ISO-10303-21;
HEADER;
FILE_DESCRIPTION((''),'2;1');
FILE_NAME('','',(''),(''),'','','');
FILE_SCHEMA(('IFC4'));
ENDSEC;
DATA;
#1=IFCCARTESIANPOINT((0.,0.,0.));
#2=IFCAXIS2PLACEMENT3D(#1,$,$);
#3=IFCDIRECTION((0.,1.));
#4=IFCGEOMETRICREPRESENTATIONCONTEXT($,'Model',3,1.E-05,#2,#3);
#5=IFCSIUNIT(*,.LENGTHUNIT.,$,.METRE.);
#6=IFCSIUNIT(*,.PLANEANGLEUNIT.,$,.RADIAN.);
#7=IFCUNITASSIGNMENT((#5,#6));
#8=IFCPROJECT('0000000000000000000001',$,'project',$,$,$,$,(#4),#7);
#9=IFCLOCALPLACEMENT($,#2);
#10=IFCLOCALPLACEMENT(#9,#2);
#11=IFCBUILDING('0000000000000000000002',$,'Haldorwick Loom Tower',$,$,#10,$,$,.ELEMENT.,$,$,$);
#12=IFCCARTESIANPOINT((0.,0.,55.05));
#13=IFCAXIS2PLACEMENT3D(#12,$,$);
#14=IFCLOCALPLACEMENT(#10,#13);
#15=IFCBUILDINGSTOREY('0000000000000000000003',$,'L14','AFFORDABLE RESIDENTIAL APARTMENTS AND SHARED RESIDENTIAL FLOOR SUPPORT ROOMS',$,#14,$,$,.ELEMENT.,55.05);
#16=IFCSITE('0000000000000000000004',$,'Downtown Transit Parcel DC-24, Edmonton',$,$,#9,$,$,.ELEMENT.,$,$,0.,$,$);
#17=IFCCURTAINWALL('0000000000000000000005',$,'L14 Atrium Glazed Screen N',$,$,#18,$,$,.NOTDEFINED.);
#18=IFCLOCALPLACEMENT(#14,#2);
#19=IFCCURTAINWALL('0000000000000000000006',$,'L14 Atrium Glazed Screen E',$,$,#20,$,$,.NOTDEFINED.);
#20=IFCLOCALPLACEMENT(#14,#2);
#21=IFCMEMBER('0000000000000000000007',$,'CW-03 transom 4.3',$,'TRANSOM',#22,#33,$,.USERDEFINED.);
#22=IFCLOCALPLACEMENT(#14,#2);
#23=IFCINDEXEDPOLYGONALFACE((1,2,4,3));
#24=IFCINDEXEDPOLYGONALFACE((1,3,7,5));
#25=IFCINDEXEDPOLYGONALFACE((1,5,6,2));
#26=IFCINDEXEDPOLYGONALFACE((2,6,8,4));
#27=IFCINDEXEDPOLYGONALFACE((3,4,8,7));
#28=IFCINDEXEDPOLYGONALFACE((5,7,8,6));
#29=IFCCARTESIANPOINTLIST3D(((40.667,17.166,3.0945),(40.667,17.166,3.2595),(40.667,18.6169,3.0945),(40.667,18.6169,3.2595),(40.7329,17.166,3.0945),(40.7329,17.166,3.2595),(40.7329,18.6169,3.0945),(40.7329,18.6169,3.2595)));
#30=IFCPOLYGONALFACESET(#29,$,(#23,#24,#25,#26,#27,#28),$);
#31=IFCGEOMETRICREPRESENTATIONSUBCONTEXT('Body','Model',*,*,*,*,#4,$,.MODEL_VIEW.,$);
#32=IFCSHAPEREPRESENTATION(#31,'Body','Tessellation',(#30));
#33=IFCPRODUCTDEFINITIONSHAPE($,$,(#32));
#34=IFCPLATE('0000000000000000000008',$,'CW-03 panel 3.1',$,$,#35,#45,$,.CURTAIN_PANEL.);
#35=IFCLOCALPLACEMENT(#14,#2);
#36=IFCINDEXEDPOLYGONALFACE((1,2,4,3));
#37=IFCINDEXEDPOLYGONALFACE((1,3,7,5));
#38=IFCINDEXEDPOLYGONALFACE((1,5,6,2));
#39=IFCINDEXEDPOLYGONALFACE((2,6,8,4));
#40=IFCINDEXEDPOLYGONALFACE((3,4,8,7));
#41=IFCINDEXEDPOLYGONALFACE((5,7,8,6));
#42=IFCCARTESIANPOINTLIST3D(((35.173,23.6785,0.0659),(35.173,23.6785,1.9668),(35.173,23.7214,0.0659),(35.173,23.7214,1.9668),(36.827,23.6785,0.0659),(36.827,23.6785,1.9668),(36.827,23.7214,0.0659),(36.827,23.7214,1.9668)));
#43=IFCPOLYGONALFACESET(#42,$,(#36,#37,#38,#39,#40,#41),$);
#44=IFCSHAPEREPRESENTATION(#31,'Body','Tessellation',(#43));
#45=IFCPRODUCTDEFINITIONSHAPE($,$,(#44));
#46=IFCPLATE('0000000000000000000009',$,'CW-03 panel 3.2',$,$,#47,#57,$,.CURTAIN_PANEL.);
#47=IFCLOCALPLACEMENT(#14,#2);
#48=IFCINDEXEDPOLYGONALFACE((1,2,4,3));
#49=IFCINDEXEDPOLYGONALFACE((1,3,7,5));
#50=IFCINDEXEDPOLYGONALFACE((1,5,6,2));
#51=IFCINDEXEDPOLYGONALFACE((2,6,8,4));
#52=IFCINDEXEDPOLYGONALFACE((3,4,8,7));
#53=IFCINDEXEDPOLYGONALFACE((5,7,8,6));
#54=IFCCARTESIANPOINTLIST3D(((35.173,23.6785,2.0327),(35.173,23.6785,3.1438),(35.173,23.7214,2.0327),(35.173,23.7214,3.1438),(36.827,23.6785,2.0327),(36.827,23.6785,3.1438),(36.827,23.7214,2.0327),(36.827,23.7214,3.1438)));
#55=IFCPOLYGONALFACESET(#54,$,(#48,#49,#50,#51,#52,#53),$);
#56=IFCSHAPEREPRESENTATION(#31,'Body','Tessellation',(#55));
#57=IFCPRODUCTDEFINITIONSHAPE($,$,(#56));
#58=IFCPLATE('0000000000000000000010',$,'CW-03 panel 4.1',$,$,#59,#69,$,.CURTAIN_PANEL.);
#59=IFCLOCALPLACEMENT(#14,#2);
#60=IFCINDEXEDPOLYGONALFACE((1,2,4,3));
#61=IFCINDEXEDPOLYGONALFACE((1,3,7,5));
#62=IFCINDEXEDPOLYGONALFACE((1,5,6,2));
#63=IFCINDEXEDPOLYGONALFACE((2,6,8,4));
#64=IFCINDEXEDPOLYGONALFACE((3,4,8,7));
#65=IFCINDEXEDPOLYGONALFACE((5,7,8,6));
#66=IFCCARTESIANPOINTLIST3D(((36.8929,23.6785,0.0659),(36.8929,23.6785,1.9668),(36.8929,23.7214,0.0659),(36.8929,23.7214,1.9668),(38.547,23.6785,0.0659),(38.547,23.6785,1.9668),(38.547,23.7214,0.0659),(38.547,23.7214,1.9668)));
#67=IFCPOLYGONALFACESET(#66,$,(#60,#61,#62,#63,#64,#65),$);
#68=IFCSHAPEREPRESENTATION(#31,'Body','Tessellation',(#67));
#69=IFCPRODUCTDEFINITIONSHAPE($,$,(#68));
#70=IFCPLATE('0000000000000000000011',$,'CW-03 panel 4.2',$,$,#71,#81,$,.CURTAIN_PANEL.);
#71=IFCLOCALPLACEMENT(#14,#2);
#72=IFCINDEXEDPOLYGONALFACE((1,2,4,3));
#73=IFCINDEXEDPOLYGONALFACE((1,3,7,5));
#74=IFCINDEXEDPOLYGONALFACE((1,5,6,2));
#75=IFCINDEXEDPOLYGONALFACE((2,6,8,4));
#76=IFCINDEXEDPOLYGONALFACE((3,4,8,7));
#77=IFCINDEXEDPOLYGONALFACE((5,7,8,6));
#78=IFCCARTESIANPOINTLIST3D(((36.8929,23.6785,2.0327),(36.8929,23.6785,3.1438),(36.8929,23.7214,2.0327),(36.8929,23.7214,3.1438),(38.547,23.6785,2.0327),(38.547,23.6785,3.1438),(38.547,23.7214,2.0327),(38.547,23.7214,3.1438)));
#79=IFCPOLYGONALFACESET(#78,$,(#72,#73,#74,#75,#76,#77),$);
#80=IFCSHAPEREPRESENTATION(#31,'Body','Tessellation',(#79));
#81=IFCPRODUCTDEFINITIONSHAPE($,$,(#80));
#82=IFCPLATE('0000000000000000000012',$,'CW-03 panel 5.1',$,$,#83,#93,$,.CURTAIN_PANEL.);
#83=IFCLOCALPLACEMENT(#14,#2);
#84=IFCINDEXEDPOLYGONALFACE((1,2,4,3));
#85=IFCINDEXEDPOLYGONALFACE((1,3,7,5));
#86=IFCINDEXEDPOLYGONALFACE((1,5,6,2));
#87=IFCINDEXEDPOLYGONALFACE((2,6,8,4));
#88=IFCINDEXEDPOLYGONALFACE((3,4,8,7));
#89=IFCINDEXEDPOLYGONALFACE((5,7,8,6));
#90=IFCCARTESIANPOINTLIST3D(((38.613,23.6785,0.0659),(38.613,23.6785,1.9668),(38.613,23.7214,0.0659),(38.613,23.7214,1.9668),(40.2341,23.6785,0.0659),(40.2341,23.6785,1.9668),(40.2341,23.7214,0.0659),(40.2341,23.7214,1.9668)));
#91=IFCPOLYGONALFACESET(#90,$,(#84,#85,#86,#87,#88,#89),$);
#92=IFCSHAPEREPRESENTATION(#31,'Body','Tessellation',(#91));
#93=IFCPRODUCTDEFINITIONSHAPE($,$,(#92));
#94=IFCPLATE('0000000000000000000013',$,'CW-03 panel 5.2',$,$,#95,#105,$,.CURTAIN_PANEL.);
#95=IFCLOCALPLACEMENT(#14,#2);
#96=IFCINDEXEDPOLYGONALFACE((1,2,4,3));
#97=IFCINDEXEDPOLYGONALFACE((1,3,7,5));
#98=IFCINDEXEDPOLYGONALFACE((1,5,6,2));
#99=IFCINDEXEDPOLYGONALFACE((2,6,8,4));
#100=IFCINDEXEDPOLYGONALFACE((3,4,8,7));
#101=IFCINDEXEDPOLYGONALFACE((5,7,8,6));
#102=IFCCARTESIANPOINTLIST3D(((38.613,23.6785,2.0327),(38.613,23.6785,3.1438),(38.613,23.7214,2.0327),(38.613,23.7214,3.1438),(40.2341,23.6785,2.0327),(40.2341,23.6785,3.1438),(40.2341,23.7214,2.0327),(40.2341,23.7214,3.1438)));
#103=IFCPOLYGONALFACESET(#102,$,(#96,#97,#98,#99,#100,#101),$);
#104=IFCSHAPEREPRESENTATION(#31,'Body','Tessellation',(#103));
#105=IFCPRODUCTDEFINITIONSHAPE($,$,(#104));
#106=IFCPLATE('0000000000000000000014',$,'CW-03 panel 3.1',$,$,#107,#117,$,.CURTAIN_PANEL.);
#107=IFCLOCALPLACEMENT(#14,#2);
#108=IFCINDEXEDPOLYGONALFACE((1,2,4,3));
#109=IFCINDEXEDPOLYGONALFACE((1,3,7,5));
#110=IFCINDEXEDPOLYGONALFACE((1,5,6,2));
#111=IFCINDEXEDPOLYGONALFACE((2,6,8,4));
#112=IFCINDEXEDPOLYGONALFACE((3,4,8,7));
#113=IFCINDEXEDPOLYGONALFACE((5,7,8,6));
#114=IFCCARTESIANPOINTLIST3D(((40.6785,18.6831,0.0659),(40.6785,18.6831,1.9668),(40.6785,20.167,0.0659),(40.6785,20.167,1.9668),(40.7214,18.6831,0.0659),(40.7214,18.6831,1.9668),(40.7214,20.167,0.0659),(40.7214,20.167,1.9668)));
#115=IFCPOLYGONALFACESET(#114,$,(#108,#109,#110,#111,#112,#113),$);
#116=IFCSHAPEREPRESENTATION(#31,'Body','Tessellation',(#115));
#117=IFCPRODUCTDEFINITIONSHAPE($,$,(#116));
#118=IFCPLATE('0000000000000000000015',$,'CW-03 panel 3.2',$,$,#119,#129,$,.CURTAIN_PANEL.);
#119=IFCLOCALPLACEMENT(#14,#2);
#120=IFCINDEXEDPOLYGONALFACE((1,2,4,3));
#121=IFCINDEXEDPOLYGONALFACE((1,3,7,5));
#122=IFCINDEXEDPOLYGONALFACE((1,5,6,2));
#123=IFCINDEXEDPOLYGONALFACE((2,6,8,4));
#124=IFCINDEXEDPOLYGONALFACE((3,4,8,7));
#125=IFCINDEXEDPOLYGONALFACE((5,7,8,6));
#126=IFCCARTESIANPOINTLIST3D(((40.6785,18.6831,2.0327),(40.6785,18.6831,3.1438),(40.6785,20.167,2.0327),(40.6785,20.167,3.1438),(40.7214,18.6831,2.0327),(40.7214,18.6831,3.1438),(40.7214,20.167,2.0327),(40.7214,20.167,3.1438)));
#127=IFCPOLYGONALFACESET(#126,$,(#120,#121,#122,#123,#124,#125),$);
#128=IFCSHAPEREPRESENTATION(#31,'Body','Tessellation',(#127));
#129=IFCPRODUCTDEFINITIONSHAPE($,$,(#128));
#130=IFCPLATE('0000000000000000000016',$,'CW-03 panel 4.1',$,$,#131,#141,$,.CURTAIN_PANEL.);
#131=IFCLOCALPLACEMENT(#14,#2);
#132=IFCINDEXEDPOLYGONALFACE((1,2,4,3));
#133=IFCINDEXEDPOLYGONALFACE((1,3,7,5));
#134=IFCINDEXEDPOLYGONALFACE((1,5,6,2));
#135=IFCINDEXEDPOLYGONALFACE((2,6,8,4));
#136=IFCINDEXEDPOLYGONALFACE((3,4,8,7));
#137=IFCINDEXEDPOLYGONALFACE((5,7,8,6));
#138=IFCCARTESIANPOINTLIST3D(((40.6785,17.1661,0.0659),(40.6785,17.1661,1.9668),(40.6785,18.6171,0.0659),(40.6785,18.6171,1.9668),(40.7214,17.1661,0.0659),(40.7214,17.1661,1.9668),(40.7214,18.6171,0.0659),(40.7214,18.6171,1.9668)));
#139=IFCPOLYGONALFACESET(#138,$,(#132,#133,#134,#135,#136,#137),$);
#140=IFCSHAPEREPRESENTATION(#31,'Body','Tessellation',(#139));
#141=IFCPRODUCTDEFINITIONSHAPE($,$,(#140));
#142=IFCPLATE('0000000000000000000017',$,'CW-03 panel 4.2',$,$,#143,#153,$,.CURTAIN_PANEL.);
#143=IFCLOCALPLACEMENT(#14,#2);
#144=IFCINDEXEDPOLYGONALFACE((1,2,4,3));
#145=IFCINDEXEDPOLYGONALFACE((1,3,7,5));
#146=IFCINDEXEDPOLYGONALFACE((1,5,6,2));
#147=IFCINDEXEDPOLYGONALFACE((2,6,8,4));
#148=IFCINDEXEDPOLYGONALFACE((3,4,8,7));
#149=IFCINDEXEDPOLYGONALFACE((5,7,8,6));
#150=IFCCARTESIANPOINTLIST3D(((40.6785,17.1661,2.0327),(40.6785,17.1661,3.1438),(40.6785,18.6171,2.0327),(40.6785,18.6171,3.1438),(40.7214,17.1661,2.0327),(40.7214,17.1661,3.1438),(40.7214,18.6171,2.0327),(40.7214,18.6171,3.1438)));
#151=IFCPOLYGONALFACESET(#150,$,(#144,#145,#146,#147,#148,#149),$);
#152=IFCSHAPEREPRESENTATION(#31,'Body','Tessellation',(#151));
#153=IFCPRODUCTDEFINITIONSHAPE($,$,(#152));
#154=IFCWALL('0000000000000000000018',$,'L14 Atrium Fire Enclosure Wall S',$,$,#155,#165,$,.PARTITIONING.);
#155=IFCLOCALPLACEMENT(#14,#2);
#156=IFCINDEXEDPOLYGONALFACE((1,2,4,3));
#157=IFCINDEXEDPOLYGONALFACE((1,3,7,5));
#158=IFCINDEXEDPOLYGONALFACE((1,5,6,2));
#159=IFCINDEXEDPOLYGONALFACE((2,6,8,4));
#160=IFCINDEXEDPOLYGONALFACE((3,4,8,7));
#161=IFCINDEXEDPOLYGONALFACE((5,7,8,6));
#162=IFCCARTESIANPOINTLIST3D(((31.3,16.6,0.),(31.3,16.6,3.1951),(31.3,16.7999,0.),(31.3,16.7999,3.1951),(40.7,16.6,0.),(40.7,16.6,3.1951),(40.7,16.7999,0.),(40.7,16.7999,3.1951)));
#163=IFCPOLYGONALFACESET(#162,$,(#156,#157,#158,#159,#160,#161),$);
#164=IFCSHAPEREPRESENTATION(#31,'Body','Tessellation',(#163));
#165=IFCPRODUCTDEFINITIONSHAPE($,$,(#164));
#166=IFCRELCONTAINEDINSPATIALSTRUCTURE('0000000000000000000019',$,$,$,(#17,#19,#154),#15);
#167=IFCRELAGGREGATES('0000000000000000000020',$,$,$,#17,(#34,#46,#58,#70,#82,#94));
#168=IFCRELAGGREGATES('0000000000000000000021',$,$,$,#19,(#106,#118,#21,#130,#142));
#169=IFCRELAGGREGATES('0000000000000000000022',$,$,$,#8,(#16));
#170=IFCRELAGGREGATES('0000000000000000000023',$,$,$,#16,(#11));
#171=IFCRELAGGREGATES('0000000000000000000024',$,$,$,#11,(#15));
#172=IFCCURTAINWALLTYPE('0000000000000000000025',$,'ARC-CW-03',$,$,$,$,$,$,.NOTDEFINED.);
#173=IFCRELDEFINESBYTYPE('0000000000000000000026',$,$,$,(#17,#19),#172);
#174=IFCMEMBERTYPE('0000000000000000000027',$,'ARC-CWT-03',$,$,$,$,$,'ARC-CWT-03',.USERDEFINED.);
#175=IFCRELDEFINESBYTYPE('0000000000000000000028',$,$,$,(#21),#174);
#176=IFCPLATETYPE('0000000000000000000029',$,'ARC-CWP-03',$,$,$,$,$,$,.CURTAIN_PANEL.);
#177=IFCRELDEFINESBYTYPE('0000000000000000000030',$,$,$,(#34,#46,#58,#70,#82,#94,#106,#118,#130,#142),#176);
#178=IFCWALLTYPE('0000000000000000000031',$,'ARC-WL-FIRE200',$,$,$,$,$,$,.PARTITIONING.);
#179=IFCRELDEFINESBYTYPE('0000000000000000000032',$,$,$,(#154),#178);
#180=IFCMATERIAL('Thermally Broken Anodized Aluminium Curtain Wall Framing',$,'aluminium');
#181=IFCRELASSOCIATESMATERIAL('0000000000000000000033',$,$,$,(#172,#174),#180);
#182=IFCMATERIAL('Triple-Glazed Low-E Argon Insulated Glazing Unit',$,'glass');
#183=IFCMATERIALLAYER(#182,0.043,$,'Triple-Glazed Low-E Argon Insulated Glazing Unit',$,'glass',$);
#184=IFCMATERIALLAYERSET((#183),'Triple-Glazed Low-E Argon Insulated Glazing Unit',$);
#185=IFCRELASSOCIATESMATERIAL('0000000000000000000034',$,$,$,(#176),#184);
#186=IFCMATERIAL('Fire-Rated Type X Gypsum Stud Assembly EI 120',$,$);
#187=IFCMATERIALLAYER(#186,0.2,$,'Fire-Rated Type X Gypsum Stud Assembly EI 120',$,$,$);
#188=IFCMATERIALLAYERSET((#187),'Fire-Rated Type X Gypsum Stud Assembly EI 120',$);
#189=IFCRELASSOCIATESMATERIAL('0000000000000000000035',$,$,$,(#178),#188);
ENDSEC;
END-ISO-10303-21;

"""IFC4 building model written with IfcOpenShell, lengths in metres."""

from ifc_helpers import new_model, si_unit, direction, frame, frame_2d, origin, origin_2d, place, context, subcontext, project, spatial, rectangle, extrude, material, layer, layer_set, material_profile, profile_set, type_object, element, aggregate, save


model = new_model("IFC4")

# Units and contexts
model_context = context("Model", 3, precision=1e-05, world=origin(), true_north=direction((0.0, 1.0)))
body_context = subcontext(model_context, "Body", "Model", "MODEL_VIEW")
ifc_project = project(units=[si_unit("LENGTHUNIT", "METRE"), si_unit("PLANEANGLEUNIT", "RADIAN")], contexts=[model_context])

# Site, building, storey
site_placement = place(None, origin())
site = spatial("IfcSite", under=ifc_project, at=site_placement, Name="Downtown Transit Parcel DC-24, Edmonton", CompositionType="ELEMENT", RefElevation=0.0)
building_placement = place(site_placement, origin())
building = spatial("IfcBuilding", under=site, at=building_placement, Name="Haldorwick Loom Tower", CompositionType="ELEMENT")
storey_placement = place(building_placement, frame((0.0, 0.0, 55.05)))
storey = spatial("IfcBuildingStorey", under=building, at=storey_placement, Name="L14", Description="AFFORDABLE RESIDENTIAL APARTMENTS AND SHARED RESIDENTIAL FLOOR SUPPORT ROOMS", CompositionType="ELEMENT", Elevation=55.05)

# Curtain walls
ifc_material_1 = material(Name="Thermally Broken Anodized Aluminium Curtain Wall Framing", Category="aluminium")
curtain_wall_type = type_object("IfcCurtainWallType", Name="ARC-CW-03", PredefinedType="NOTDEFINED", material=ifc_material_1)
curtain_wall_1_placement = place(storey_placement, origin())
curtain_wall_1 = element("IfcCurtainWall", 1, at=curtain_wall_1_placement, inside=storey, type_object=curtain_wall_type, Name="L14 Atrium Glazed Screen N", PredefinedType="NOTDEFINED")
curtain_wall_2_placement = place(storey_placement, origin())
curtain_wall_2 = element("IfcCurtainWall", 2, at=curtain_wall_2_placement, inside=storey, type_object=curtain_wall_type, Name="L14 Atrium Glazed Screen E", PredefinedType="NOTDEFINED")

# Member
ifc_material_profile_1 = material_profile(ifc_material_1, rectangle(XDim=0.0659, YDim=0.165, at=origin_2d()), Name="ALU_TRN_66X165", Category="aluminium")
ifc_profile_set_1 = profile_set([ifc_material_profile_1], Name="Thermally Broken Anodized Aluminium Curtain Wall Framing")
member_type_1 = type_object("IfcMemberType", Name="ARC-CWT-03", ElementType="ARC-CWT-03", PredefinedType="USERDEFINED", material=ifc_profile_set_1)
member_1_placement = place(storey_placement, frame((40.7, 18.6169, 3.177), z_axis=(0.0, -1.0, 0.0), x_axis=(1.0, 0.0, 0.0)))
member_1 = element("IfcMember", 3, at=member_1_placement, type_object=member_type_1, Name="CW-03 transom 4.3", ObjectType="TRANSOM", PredefinedType="USERDEFINED", context=body_context, shape_type="SweptSolid", body=[
    extrude(rectangle(XDim=0.0659, YDim=0.165, at=origin_2d()), origin(), (0.0, 0.0, 1.0), 1.4509),
])

# Plates
ifc_material_2 = material(Name="Triple-Glazed Low-E Argon Insulated Glazing Unit", Category="glass")
ifc_layer_1 = layer(ifc_material_2, 0.043, Name="Triple-Glazed Low-E Argon Insulated Glazing Unit", Category="glass")
ifc_layer_set_1 = layer_set([ifc_layer_1], Name="Triple-Glazed Low-E Argon Insulated Glazing Unit")
plate_type = type_object("IfcPlateType", Name="ARC-CWP-03", PredefinedType="CURTAIN_PANEL", material=ifc_layer_set_1)
plate_1_placement = place(storey_placement, frame((36.0, 23.7, 0.0659), z_axis=(0.0, 0.0, 1.0), x_axis=(1.0, 0.0, 0.0)))
plate_1 = element("IfcPlate", 4, at=plate_1_placement, type_object=plate_type, Name="CW-03 panel 3.1", PredefinedType="CURTAIN_PANEL", context=body_context, shape_type="SweptSolid", body=[
    extrude(rectangle(XDim=1.6541, YDim=0.043, at=origin_2d()), origin(), (0.0, 0.0, 1.0), 1.9009),
])
plate_2_placement = place(storey_placement, frame((36.0, 23.7, 2.0327), z_axis=(0.0, 0.0, 1.0), x_axis=(1.0, 0.0, 0.0)))
plate_2 = element("IfcPlate", 5, at=plate_2_placement, type_object=plate_type, Name="CW-03 panel 3.2", PredefinedType="CURTAIN_PANEL", context=body_context, shape_type="SweptSolid", body=[
    extrude(rectangle(XDim=1.6541, YDim=0.043, at=origin_2d()), origin(), (0.0, 0.0, 1.0), 1.1111),
])
plate_3_placement = place(storey_placement, frame((37.72, 23.7, 0.0659), z_axis=(0.0, 0.0, 1.0), x_axis=(1.0, 0.0, 0.0)))
plate_3 = element("IfcPlate", 6, at=plate_3_placement, type_object=plate_type, Name="CW-03 panel 4.1", PredefinedType="CURTAIN_PANEL", context=body_context, shape_type="SweptSolid", body=[
    extrude(rectangle(XDim=1.6541, YDim=0.043, at=origin_2d()), origin(), (0.0, 0.0, 1.0), 1.9009),
])
plate_4_placement = place(storey_placement, frame((37.72, 23.7, 2.0327), z_axis=(0.0, 0.0, 1.0), x_axis=(1.0, 0.0, 0.0)))
plate_4 = element("IfcPlate", 7, at=plate_4_placement, type_object=plate_type, Name="CW-03 panel 4.2", PredefinedType="CURTAIN_PANEL", context=body_context, shape_type="SweptSolid", body=[
    extrude(rectangle(XDim=1.6541, YDim=0.043, at=origin_2d()), origin(), (0.0, 0.0, 1.0), 1.1111),
])
plate_5_placement = place(storey_placement, frame((39.4236, 23.7, 0.0659), z_axis=(0.0, 0.0, 1.0), x_axis=(1.0, 0.0, 0.0)))
plate_5 = element("IfcPlate", 8, at=plate_5_placement, type_object=plate_type, Name="CW-03 panel 5.1", PredefinedType="CURTAIN_PANEL", context=body_context, shape_type="SweptSolid", body=[
    extrude(rectangle(XDim=1.6211, YDim=0.043, at=origin_2d()), origin(), (0.0, 0.0, 1.0), 1.9009),
])
plate_6_placement = place(storey_placement, frame((39.4236, 23.7, 2.0327), z_axis=(0.0, 0.0, 1.0), x_axis=(1.0, 0.0, 0.0)))
plate_6 = element("IfcPlate", 9, at=plate_6_placement, type_object=plate_type, Name="CW-03 panel 5.2", PredefinedType="CURTAIN_PANEL", context=body_context, shape_type="SweptSolid", body=[
    extrude(rectangle(XDim=1.6211, YDim=0.043, at=origin_2d()), origin(), (0.0, 0.0, 1.0), 1.1111),
])
aggregate(curtain_wall_1, [plate_1, plate_2, plate_3, plate_4, plate_5, plate_6])
plate_7_placement = place(storey_placement, frame((40.7, 19.425, 0.0659), z_axis=(0.0, 0.0, 1.0), x_axis=(0.0, -1.0, 0.0)))
plate_7 = element("IfcPlate", 10, at=plate_7_placement, type_object=plate_type, Name="CW-03 panel 3.1", PredefinedType="CURTAIN_PANEL", context=body_context, shape_type="SweptSolid", body=[
    extrude(rectangle(XDim=1.4839, YDim=0.043, at=origin_2d()), origin(), (0.0, 0.0, 1.0), 1.9009),
])
plate_8_placement = place(storey_placement, frame((40.7, 19.425, 2.0327), z_axis=(0.0, 0.0, 1.0), x_axis=(0.0, -1.0, 0.0)))
plate_8 = element("IfcPlate", 11, at=plate_8_placement, type_object=plate_type, Name="CW-03 panel 3.2", PredefinedType="CURTAIN_PANEL", context=body_context, shape_type="SweptSolid", body=[
    extrude(rectangle(XDim=1.4839, YDim=0.043, at=origin_2d()), origin(), (0.0, 0.0, 1.0), 1.1111),
])
plate_9_placement = place(storey_placement, frame((40.7, 17.8916, 0.0659), z_axis=(0.0, 0.0, 1.0), x_axis=(0.0, -1.0, 0.0)))
plate_9 = element("IfcPlate", 12, at=plate_9_placement, type_object=plate_type, Name="CW-03 panel 4.1", PredefinedType="CURTAIN_PANEL", context=body_context, shape_type="SweptSolid", body=[
    extrude(rectangle(XDim=1.4509, YDim=0.043, at=origin_2d()), origin(), (0.0, 0.0, 1.0), 1.9009),
])
plate_10_placement = place(storey_placement, frame((40.7, 17.8916, 2.0327), z_axis=(0.0, 0.0, 1.0), x_axis=(0.0, -1.0, 0.0)))
plate_10 = element("IfcPlate", 13, at=plate_10_placement, type_object=plate_type, Name="CW-03 panel 4.2", PredefinedType="CURTAIN_PANEL", context=body_context, shape_type="SweptSolid", body=[
    extrude(rectangle(XDim=1.4509, YDim=0.043, at=origin_2d()), origin(), (0.0, 0.0, 1.0), 1.1111),
])
aggregate(curtain_wall_2, [plate_7, plate_8, member_1, plate_9, plate_10])

# Wall
ifc_material_3 = material(Name="Fire-Rated Type X Gypsum Stud Assembly EI 120")
ifc_layer_2 = layer(ifc_material_3, 0.2, Name="Fire-Rated Type X Gypsum Stud Assembly EI 120")
ifc_layer_set_2 = layer_set([ifc_layer_2], Name="Fire-Rated Type X Gypsum Stud Assembly EI 120")
wall_type = type_object("IfcWallType", Name="ARC-WL-FIRE200", PredefinedType="PARTITIONING", material=ifc_layer_set_2)
wall_placement = place(storey_placement, frame((40.7, 16.7, 0.0), z_axis=(0.0, 0.0, 1.0), x_axis=(-1.0, 0.0, 0.0)))
element("IfcWall", 14, at=wall_placement, inside=storey, type_object=wall_type, Name="L14 Atrium Fire Enclosure Wall S", PredefinedType="PARTITIONING", context=body_context, shape_type="SweptSolid", body=[
    extrude(rectangle(XDim=9.3999, YDim=0.2, at=frame_2d((4.7, 0.0))), origin(), (0.0, 0.0, 1.0), 3.1951),
])

save(model, "model.ifc")
